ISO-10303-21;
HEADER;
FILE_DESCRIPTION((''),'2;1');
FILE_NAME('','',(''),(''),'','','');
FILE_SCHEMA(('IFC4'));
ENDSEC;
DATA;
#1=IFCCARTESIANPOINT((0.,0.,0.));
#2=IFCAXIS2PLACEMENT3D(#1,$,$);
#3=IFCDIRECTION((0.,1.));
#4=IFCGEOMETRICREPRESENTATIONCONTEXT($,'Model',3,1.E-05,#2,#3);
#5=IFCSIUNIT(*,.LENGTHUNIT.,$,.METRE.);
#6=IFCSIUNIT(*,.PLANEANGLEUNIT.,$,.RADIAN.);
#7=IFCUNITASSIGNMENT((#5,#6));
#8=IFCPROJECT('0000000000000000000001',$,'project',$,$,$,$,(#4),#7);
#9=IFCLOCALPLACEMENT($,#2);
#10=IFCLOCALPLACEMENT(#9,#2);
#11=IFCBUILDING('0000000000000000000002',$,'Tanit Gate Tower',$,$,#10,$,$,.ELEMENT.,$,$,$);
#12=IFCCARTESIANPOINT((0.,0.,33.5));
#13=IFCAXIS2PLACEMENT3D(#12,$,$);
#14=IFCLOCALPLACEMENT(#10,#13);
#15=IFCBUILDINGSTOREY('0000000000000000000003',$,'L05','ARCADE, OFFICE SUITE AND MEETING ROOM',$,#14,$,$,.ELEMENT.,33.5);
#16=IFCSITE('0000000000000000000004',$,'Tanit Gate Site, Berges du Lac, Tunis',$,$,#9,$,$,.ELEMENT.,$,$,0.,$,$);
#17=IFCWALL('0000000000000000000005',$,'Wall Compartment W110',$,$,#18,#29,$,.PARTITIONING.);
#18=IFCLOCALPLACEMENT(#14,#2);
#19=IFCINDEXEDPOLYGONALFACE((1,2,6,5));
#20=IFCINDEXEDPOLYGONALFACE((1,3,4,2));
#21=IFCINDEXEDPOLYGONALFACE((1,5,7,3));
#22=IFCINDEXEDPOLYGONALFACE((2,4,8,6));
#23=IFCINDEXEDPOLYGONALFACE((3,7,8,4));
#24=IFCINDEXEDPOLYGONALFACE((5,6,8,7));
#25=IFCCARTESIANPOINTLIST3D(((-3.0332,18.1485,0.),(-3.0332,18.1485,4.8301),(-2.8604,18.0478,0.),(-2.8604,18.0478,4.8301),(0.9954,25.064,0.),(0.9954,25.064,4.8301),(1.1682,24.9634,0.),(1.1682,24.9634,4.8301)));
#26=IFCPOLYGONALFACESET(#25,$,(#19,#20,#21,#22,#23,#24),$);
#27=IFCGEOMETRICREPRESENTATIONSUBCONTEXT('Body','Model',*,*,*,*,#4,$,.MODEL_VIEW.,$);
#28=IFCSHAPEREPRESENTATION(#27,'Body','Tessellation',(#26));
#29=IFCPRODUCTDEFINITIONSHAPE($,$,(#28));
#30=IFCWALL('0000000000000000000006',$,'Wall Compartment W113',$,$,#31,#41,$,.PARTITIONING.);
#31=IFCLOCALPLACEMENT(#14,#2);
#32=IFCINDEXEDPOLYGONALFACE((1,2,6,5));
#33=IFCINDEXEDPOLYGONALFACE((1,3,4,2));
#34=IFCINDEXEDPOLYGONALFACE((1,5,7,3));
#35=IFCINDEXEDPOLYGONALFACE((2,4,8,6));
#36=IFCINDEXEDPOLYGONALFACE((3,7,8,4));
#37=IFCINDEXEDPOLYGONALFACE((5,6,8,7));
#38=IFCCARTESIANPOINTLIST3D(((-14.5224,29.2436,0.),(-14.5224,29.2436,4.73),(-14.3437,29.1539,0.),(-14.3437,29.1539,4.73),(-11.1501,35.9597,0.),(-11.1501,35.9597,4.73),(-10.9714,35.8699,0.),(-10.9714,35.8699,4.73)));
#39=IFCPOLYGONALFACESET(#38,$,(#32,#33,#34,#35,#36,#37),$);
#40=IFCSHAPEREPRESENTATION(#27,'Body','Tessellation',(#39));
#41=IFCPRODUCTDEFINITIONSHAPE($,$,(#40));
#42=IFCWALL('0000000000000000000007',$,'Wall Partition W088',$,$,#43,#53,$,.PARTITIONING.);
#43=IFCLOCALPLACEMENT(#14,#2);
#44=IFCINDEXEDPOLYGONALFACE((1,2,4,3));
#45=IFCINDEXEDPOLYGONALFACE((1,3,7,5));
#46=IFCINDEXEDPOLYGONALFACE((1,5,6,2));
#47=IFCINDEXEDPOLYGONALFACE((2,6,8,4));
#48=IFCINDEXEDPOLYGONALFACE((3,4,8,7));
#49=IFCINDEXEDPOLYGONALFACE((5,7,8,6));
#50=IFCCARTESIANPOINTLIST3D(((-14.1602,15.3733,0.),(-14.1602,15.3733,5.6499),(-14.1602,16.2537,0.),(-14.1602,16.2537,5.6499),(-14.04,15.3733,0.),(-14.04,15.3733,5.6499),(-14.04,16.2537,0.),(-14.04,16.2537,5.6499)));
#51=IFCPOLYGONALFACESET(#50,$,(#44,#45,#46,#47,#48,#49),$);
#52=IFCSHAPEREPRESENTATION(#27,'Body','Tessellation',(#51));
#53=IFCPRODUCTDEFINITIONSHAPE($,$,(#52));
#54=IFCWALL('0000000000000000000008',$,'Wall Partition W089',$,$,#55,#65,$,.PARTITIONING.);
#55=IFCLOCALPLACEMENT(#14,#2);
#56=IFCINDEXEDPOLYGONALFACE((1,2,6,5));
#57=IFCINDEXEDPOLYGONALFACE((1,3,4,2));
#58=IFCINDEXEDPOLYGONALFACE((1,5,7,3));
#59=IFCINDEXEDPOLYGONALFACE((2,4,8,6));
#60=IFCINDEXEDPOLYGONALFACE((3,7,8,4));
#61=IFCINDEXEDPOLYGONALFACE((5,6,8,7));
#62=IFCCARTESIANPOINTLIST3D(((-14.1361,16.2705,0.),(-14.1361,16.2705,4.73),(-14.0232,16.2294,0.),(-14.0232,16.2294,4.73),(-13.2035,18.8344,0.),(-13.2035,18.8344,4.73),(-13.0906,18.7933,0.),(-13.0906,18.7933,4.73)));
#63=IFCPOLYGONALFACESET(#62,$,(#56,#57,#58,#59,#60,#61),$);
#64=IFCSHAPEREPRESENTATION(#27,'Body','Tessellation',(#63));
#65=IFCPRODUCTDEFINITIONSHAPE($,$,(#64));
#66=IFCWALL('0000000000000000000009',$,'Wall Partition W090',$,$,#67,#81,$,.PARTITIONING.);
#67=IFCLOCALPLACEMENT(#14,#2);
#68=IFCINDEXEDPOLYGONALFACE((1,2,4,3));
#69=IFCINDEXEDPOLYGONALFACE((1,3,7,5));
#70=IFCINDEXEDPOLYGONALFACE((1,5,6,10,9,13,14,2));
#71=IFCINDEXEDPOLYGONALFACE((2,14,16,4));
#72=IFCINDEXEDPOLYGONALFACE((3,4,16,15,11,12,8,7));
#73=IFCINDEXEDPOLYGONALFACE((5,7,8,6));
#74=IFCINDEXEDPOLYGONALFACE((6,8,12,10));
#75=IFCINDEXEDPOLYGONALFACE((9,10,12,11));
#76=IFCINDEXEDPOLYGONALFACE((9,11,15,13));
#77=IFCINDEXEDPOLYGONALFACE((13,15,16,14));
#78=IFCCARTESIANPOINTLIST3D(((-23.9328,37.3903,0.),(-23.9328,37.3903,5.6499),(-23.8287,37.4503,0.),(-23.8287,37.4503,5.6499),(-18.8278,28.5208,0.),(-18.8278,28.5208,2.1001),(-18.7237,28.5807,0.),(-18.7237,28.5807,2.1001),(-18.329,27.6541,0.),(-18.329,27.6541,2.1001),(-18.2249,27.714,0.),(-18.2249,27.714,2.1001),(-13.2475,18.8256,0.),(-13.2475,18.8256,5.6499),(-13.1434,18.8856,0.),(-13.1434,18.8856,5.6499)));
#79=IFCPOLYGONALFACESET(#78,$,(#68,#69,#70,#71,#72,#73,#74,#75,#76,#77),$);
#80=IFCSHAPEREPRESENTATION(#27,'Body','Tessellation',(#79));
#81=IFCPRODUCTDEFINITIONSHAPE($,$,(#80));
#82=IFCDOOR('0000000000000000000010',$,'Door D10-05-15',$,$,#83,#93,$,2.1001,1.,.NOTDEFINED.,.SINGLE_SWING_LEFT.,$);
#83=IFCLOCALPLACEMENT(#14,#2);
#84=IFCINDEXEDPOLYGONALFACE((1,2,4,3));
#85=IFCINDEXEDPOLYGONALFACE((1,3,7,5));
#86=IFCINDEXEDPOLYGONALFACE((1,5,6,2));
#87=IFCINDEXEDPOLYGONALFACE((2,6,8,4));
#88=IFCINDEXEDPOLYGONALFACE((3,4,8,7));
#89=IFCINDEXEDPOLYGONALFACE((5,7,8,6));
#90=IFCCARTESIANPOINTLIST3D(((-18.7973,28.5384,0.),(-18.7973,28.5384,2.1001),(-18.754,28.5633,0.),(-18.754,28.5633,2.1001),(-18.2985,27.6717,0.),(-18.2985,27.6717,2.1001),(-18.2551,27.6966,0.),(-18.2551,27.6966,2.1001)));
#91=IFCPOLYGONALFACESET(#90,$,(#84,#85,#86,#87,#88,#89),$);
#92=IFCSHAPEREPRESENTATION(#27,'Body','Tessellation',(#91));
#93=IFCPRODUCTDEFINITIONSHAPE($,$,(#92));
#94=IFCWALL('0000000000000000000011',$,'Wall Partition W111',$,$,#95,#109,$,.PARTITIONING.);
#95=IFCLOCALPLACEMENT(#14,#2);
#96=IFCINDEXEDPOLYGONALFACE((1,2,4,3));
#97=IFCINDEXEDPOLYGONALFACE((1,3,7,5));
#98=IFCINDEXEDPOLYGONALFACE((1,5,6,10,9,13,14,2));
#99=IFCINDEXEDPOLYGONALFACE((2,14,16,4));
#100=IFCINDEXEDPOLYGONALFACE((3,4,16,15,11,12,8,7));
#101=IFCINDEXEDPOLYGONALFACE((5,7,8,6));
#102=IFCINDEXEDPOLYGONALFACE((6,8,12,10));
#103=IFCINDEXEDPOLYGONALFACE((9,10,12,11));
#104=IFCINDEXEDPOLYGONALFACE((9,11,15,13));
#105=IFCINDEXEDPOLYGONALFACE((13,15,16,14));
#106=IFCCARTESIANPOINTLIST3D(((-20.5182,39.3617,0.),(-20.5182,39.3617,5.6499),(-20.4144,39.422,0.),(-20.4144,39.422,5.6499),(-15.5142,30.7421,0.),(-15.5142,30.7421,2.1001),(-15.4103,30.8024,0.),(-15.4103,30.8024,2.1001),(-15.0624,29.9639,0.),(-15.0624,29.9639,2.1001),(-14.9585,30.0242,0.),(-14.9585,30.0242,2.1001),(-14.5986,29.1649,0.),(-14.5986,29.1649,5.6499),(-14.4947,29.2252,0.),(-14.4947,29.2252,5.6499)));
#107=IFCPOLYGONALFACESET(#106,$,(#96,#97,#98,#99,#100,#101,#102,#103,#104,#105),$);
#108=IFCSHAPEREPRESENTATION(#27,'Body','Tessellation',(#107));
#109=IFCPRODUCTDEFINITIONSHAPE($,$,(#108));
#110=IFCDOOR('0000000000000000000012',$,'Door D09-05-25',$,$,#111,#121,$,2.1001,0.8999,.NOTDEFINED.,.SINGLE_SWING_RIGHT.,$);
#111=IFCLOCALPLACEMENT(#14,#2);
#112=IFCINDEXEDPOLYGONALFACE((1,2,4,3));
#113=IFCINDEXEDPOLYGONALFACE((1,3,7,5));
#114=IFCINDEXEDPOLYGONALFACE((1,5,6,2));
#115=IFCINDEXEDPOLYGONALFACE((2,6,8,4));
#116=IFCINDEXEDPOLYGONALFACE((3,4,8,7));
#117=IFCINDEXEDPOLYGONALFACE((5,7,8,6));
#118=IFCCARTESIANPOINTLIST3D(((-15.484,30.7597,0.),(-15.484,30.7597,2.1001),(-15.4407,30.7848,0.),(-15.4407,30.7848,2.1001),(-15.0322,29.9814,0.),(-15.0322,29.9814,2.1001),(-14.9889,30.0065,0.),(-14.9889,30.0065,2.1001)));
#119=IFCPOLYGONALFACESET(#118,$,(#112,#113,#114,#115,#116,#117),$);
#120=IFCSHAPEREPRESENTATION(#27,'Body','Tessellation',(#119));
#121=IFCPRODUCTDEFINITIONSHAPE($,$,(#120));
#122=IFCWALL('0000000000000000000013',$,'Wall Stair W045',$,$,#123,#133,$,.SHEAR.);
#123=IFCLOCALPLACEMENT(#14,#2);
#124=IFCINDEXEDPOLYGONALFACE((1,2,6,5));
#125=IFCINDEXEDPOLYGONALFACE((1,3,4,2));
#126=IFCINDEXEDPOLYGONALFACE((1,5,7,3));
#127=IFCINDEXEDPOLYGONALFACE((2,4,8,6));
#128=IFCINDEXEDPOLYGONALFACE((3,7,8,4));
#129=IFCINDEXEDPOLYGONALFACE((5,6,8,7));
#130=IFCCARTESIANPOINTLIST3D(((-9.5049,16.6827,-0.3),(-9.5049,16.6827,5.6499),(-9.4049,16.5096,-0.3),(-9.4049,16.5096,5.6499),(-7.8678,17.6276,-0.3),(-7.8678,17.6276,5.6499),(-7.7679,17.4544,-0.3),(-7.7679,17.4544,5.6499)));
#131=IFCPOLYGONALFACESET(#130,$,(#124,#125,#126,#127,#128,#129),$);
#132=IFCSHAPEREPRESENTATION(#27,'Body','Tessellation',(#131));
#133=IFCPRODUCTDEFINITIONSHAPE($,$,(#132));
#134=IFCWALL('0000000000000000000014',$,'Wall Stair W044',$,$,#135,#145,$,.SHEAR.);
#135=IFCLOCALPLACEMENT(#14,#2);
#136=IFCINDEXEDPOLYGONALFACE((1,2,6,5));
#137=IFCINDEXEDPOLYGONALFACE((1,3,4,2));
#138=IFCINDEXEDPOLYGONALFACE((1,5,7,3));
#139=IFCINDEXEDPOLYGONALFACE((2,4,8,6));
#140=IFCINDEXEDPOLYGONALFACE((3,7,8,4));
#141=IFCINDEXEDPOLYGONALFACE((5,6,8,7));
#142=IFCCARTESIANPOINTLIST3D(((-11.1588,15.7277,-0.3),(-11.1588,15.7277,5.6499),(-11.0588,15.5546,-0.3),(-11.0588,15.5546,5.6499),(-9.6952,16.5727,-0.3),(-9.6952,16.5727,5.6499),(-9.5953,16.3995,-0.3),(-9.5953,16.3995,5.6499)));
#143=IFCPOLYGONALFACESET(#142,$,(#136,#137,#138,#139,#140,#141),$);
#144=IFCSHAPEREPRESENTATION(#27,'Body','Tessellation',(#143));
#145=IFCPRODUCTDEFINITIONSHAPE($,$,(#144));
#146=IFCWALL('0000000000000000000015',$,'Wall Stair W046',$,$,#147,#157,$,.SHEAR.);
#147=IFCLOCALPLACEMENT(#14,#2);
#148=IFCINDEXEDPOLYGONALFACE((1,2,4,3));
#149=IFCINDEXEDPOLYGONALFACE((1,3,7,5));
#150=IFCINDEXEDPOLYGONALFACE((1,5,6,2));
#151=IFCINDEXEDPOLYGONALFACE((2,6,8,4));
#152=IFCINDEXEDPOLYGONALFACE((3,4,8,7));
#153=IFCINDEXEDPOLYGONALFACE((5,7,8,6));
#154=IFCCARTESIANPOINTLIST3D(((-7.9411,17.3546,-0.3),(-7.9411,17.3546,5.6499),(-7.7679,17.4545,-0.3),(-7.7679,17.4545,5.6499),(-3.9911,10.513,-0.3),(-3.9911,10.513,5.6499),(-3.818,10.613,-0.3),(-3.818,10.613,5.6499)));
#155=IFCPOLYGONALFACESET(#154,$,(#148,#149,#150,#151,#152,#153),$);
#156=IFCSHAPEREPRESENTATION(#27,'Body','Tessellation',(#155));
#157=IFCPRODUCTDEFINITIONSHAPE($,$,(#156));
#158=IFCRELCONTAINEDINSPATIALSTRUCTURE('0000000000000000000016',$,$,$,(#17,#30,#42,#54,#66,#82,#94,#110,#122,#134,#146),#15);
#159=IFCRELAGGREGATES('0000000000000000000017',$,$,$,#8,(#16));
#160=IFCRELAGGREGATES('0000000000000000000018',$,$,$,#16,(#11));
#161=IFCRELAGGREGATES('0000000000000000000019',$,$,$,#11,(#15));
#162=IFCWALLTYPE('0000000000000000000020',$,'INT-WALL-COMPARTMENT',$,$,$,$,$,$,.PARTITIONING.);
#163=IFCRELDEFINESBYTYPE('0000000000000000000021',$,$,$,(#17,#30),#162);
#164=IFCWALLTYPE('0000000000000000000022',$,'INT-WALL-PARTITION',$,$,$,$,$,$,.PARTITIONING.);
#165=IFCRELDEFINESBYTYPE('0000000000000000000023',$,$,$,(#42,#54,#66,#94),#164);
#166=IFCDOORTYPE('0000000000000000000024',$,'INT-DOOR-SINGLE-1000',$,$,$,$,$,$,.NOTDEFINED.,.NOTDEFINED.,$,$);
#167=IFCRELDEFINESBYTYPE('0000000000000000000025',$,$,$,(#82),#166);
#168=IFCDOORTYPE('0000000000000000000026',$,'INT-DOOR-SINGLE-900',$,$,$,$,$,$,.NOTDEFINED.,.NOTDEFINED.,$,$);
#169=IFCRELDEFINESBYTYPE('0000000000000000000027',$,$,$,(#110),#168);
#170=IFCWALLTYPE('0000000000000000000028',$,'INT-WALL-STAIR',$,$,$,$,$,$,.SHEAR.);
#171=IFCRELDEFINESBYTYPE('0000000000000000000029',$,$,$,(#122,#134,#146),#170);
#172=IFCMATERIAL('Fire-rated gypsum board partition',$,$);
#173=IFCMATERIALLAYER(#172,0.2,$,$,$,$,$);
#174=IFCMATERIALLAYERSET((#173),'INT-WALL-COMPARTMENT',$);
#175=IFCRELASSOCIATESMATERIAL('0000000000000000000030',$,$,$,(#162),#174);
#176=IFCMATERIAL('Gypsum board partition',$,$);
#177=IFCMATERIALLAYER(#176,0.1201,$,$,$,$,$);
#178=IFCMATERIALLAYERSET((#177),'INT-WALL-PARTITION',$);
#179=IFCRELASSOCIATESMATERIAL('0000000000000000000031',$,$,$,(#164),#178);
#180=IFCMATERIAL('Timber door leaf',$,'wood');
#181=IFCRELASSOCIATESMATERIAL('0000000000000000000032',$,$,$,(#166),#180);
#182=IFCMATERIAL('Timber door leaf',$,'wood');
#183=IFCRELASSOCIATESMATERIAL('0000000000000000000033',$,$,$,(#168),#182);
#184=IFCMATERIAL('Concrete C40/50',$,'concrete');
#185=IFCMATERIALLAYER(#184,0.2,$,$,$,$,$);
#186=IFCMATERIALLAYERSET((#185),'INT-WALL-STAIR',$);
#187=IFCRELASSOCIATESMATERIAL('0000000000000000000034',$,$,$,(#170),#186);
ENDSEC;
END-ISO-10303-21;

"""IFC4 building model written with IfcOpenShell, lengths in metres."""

from ifc_helpers import new_model, si_unit, direction, frame, frame_2d, origin, place, context, subcontext, project, spatial, rectangle, extrude, material, layer, layer_set, type_object, element, fill, save


model = new_model("IFC4")

# Units and contexts
model_context = context("Model", 3, precision=1e-05, world=origin(), true_north=direction((0.0, 1.0)))
body_context = subcontext(model_context, "Body", "Model", "MODEL_VIEW")
ifc_project = project(units=[si_unit("LENGTHUNIT", "METRE"), si_unit("PLANEANGLEUNIT", "RADIAN")], contexts=[model_context])

# Site, building, storey
site_placement = place(None, origin())
site = spatial("IfcSite", under=ifc_project, at=site_placement, Name="Tanit Gate Site, Berges du Lac, Tunis", CompositionType="ELEMENT", RefElevation=0.0)
building_placement = place(site_placement, origin())
building = spatial("IfcBuilding", under=site, at=building_placement, Name="Tanit Gate Tower", CompositionType="ELEMENT")
storey_placement = place(building_placement, frame((0.0, 0.0, 33.5)))
storey = spatial("IfcBuildingStorey", under=building, at=storey_placement, Name="L05", Description="ARCADE, OFFICE SUITE AND MEETING ROOM", CompositionType="ELEMENT", Elevation=33.5)

# Shared definitions
ifc_material_1 = material(Name="Fire-rated gypsum board partition")
ifc_layer_1 = layer(ifc_material_1, 0.2)
ifc_layer_set_1 = layer_set([ifc_layer_1], Name="INT-WALL-COMPARTMENT")
wall_type_1 = type_object("IfcWallType", Name="INT-WALL-COMPARTMENT", PredefinedType="PARTITIONING", material=ifc_layer_set_1)

# Walls
wall_1_placement = place(storey_placement, frame((-2.9468, 18.0981, 0.0), z_axis=(0.0, 0.0, 1.0), x_axis=(0.503359, 0.864077, 0.0)))
element("IfcWall", 1, at=wall_1_placement, inside=storey, type_object=wall_type_1, Name="Wall Compartment W110", PredefinedType="PARTITIONING", context=body_context, shape_type="SweptSolid", body=[
    extrude(rectangle(XDim=8.0034, YDim=0.2, at=frame_2d((4.0017, 0.0))), origin(), (0.0, 0.0, 1.0), 4.8301),
])
wall_2_placement = place(storey_placement, frame((-11.0608, 35.9148, 0.0), z_axis=(0.0, 0.0, 1.0), x_axis=(-0.448733, -0.893666, 0.0)))
element("IfcWall", 2, at=wall_2_placement, inside=storey, type_object=wall_type_1, Name="Wall Compartment W113", PredefinedType="PARTITIONING", context=body_context, shape_type="SweptSolid", body=[
    extrude(rectangle(XDim=7.5151, YDim=0.2, at=frame_2d((3.7576, 0.0))), origin(), (0.0, 0.0, 1.0), 4.73),
])
ifc_material_2 = material(Name="Gypsum board partition")
ifc_layer_2 = layer(ifc_material_2, 0.1201)
ifc_layer_set_2 = layer_set([ifc_layer_2], Name="INT-WALL-PARTITION")
wall_type_2 = type_object("IfcWallType", Name="INT-WALL-PARTITION", PredefinedType="PARTITIONING", material=ifc_layer_set_2)
wall_3_placement = place(storey_placement, frame((-14.1001, 16.2537, 0.0), z_axis=(0.0, 0.0, 1.0), x_axis=(0.0, -1.0, 0.0)))
element("IfcWall", 3, at=wall_3_placement, inside=storey, type_object=wall_type_2, Name="Wall Partition W088", PredefinedType="PARTITIONING", context=body_context, shape_type="SweptSolid", body=[
    extrude(rectangle(XDim=0.8804, YDim=0.1201, at=frame_2d((0.4402, 0.0))), origin(), (0.0, 0.0, 1.0), 5.6499),
])
wall_4_placement = place(storey_placement, frame((-13.147, 18.814, 0.0), z_axis=(0.0, 0.0, 1.0), x_axis=(-0.341829, -0.939762, 0.0)))
element("IfcWall", 4, at=wall_4_placement, inside=storey, type_object=wall_type_2, Name="Wall Partition W089", PredefinedType="PARTITIONING", context=body_context, shape_type="SweptSolid", body=[
    extrude(rectangle(XDim=2.7283, YDim=0.1201, at=frame_2d((1.3643, 0.0))), origin(), (0.0, 0.0, 1.0), 4.73),
])

# Walls, openings, doors
wall_5_placement = place(storey_placement, frame((-13.1956, 18.8557, 0.0), z_axis=(0.0, 0.0, 1.0), x_axis=(-0.498843, 0.866692, 0.0)))
wall_5 = element("IfcWall", 5, at=wall_5_placement, inside=storey, type_object=wall_type_2, Name="Wall Partition W090", PredefinedType="PARTITIONING", context=body_context, shape_type="SweptSolid", body=[
    extrude(rectangle(XDim=21.4202, YDim=0.1201, at=frame_2d((10.71, 0.0))), origin(), (0.0, 0.0, 1.0), 5.6499),
])
opening_1_placement = place(wall_5_placement, frame((10.1863, 0.0, 0.0)))
opening_1 = element("IfcOpeningElement", 6, at=opening_1_placement, cuts=wall_5, PredefinedType="OPENING", context=body_context, shape_type="SweptSolid", body=[
    extrude(rectangle(XDim=1.0, YDim=2.1001, at=frame_2d((0.5, 1.05))), frame((0.0, 0.0701, 0.0), z_axis=(0.0, -1.0, 0.0), x_axis=(1.0, 0.0, 0.0)), (0.0, 0.0, 1.0), 0.1401),
])
ifc_material_3 = material(Name="Timber door leaf", Category="wood")
door_type_1 = type_object("IfcDoorType", Name="INT-DOOR-SINGLE-1000", OperationType="NOTDEFINED", PredefinedType="NOTDEFINED", material=ifc_material_3)
door_1_placement = place(opening_1_placement, origin())
door_1 = element("IfcDoor", 7, at=door_1_placement, inside=storey, type_object=door_type_1, Name="Door D10-05-15", OperationType="SINGLE_SWING_LEFT", OverallHeight=2.1001, OverallWidth=1.0, PredefinedType="NOTDEFINED", context=body_context, shape_type="SweptSolid", body=[
    extrude(rectangle(XDim=1.0, YDim=2.1001, at=frame_2d((0.5, 1.05))), frame((0.0, 0.0249, 0.0), z_axis=(0.0, -1.0, 0.0), x_axis=(1.0, 0.0, 0.0)), (0.0, 0.0, 1.0), 0.05),
])
fill(opening_1, door_1)
wall_6_placement = place(storey_placement, frame((-20.4663, 39.3918, 0.0), z_axis=(0.0, 0.0, 1.0), x_axis=(0.50207, -0.864827, 0.0)))
wall_6 = element("IfcWall", 8, at=wall_6_placement, inside=storey, type_object=wall_type_2, Name="Wall Partition W111", PredefinedType="PARTITIONING", context=body_context, shape_type="SweptSolid", body=[
    extrude(rectangle(XDim=11.7905, YDim=0.1201, at=frame_2d((5.8953, 0.0))), origin(), (0.0, 0.0, 1.0), 5.6499),
])
opening_2_placement = place(wall_6_placement, frame((9.9668, 0.0, 0.0)))
opening_2 = element("IfcOpeningElement", 9, at=opening_2_placement, cuts=wall_6, PredefinedType="OPENING", context=body_context, shape_type="SweptSolid", body=[
    extrude(rectangle(XDim=0.8999, YDim=2.1001, at=frame_2d((0.45, 1.05))), frame((0.0, 0.0701, 0.0), z_axis=(0.0, -1.0, 0.0), x_axis=(1.0, 0.0, 0.0)), (0.0, 0.0, 1.0), 0.1401),
])
ifc_material_4 = material(Name="Timber door leaf", Category="wood")
door_type_2 = type_object("IfcDoorType", Name="INT-DOOR-SINGLE-900", OperationType="NOTDEFINED", PredefinedType="NOTDEFINED", material=ifc_material_4)
door_2_placement = place(opening_2_placement, origin())
door_2 = element("IfcDoor", 10, at=door_2_placement, inside=storey, type_object=door_type_2, Name="Door D09-05-25", OperationType="SINGLE_SWING_RIGHT", OverallHeight=2.1001, OverallWidth=0.8999, PredefinedType="NOTDEFINED", context=body_context, shape_type="SweptSolid", body=[
    extrude(rectangle(XDim=0.8999, YDim=2.1001, at=frame_2d((0.45, 1.05))), frame((0.0, 0.0249, 0.0), z_axis=(0.0, -1.0, 0.0), x_axis=(1.0, 0.0, 0.0)), (0.0, 0.0, 1.0), 0.05),
])
fill(opening_2, door_2)

# Walls
ifc_material_5 = material(Name="Concrete C40/50", Category="concrete")
ifc_layer_3 = layer(ifc_material_5, 0.2)
ifc_layer_set_3 = layer_set([ifc_layer_3], Name="INT-WALL-STAIR")
wall_type_3 = type_object("IfcWallType", Name="INT-WALL-STAIR", PredefinedType="SHEAR", material=ifc_layer_set_3)
wall_7_placement = place(storey_placement, frame((-7.8179, 17.541, -0.3), z_axis=(0.0, 0.0, 1.0), x_axis=(-0.866089, -0.49989, 0.0)))
element("IfcWall", 11, at=wall_7_placement, inside=storey, type_object=wall_type_3, Name="Wall Stair W045", PredefinedType="SHEAR", context=body_context, shape_type="SweptSolid", body=[
    extrude(rectangle(XDim=1.8901, YDim=0.2, at=frame_2d((0.9451, 0.0))), origin(), (0.0, 0.0, 1.0), 5.95),
])
wall_8_placement = place(storey_placement, frame((-9.6453, 16.4861, -0.3), z_axis=(0.0, 0.0, 1.0), x_axis=(-0.866039, -0.499977, 0.0)))
element("IfcWall", 12, at=wall_8_placement, inside=storey, type_object=wall_type_3, Name="Wall Stair W044", PredefinedType="SHEAR", context=body_context, shape_type="SweptSolid", body=[
    extrude(rectangle(XDim=1.6899, YDim=0.2, at=frame_2d((0.845, 0.0))), origin(), (0.0, 0.0, 1.0), 5.95),
])
wall_9_placement = place(storey_placement, frame((-7.8545, 17.4045, -0.3), z_axis=(0.0, 0.0, 1.0), x_axis=(0.499998, -0.866027, 0.0)))
element("IfcWall", 13, at=wall_9_placement, inside=storey, type_object=wall_type_3, Name="Wall Stair W046", PredefinedType="SHEAR", context=body_context, shape_type="SweptSolid", body=[
    extrude(rectangle(XDim=7.8999, YDim=0.2, at=frame_2d((3.95, 0.0))), origin(), (0.0, 0.0, 1.0), 5.95),
])

save(model, "model.ifc")
